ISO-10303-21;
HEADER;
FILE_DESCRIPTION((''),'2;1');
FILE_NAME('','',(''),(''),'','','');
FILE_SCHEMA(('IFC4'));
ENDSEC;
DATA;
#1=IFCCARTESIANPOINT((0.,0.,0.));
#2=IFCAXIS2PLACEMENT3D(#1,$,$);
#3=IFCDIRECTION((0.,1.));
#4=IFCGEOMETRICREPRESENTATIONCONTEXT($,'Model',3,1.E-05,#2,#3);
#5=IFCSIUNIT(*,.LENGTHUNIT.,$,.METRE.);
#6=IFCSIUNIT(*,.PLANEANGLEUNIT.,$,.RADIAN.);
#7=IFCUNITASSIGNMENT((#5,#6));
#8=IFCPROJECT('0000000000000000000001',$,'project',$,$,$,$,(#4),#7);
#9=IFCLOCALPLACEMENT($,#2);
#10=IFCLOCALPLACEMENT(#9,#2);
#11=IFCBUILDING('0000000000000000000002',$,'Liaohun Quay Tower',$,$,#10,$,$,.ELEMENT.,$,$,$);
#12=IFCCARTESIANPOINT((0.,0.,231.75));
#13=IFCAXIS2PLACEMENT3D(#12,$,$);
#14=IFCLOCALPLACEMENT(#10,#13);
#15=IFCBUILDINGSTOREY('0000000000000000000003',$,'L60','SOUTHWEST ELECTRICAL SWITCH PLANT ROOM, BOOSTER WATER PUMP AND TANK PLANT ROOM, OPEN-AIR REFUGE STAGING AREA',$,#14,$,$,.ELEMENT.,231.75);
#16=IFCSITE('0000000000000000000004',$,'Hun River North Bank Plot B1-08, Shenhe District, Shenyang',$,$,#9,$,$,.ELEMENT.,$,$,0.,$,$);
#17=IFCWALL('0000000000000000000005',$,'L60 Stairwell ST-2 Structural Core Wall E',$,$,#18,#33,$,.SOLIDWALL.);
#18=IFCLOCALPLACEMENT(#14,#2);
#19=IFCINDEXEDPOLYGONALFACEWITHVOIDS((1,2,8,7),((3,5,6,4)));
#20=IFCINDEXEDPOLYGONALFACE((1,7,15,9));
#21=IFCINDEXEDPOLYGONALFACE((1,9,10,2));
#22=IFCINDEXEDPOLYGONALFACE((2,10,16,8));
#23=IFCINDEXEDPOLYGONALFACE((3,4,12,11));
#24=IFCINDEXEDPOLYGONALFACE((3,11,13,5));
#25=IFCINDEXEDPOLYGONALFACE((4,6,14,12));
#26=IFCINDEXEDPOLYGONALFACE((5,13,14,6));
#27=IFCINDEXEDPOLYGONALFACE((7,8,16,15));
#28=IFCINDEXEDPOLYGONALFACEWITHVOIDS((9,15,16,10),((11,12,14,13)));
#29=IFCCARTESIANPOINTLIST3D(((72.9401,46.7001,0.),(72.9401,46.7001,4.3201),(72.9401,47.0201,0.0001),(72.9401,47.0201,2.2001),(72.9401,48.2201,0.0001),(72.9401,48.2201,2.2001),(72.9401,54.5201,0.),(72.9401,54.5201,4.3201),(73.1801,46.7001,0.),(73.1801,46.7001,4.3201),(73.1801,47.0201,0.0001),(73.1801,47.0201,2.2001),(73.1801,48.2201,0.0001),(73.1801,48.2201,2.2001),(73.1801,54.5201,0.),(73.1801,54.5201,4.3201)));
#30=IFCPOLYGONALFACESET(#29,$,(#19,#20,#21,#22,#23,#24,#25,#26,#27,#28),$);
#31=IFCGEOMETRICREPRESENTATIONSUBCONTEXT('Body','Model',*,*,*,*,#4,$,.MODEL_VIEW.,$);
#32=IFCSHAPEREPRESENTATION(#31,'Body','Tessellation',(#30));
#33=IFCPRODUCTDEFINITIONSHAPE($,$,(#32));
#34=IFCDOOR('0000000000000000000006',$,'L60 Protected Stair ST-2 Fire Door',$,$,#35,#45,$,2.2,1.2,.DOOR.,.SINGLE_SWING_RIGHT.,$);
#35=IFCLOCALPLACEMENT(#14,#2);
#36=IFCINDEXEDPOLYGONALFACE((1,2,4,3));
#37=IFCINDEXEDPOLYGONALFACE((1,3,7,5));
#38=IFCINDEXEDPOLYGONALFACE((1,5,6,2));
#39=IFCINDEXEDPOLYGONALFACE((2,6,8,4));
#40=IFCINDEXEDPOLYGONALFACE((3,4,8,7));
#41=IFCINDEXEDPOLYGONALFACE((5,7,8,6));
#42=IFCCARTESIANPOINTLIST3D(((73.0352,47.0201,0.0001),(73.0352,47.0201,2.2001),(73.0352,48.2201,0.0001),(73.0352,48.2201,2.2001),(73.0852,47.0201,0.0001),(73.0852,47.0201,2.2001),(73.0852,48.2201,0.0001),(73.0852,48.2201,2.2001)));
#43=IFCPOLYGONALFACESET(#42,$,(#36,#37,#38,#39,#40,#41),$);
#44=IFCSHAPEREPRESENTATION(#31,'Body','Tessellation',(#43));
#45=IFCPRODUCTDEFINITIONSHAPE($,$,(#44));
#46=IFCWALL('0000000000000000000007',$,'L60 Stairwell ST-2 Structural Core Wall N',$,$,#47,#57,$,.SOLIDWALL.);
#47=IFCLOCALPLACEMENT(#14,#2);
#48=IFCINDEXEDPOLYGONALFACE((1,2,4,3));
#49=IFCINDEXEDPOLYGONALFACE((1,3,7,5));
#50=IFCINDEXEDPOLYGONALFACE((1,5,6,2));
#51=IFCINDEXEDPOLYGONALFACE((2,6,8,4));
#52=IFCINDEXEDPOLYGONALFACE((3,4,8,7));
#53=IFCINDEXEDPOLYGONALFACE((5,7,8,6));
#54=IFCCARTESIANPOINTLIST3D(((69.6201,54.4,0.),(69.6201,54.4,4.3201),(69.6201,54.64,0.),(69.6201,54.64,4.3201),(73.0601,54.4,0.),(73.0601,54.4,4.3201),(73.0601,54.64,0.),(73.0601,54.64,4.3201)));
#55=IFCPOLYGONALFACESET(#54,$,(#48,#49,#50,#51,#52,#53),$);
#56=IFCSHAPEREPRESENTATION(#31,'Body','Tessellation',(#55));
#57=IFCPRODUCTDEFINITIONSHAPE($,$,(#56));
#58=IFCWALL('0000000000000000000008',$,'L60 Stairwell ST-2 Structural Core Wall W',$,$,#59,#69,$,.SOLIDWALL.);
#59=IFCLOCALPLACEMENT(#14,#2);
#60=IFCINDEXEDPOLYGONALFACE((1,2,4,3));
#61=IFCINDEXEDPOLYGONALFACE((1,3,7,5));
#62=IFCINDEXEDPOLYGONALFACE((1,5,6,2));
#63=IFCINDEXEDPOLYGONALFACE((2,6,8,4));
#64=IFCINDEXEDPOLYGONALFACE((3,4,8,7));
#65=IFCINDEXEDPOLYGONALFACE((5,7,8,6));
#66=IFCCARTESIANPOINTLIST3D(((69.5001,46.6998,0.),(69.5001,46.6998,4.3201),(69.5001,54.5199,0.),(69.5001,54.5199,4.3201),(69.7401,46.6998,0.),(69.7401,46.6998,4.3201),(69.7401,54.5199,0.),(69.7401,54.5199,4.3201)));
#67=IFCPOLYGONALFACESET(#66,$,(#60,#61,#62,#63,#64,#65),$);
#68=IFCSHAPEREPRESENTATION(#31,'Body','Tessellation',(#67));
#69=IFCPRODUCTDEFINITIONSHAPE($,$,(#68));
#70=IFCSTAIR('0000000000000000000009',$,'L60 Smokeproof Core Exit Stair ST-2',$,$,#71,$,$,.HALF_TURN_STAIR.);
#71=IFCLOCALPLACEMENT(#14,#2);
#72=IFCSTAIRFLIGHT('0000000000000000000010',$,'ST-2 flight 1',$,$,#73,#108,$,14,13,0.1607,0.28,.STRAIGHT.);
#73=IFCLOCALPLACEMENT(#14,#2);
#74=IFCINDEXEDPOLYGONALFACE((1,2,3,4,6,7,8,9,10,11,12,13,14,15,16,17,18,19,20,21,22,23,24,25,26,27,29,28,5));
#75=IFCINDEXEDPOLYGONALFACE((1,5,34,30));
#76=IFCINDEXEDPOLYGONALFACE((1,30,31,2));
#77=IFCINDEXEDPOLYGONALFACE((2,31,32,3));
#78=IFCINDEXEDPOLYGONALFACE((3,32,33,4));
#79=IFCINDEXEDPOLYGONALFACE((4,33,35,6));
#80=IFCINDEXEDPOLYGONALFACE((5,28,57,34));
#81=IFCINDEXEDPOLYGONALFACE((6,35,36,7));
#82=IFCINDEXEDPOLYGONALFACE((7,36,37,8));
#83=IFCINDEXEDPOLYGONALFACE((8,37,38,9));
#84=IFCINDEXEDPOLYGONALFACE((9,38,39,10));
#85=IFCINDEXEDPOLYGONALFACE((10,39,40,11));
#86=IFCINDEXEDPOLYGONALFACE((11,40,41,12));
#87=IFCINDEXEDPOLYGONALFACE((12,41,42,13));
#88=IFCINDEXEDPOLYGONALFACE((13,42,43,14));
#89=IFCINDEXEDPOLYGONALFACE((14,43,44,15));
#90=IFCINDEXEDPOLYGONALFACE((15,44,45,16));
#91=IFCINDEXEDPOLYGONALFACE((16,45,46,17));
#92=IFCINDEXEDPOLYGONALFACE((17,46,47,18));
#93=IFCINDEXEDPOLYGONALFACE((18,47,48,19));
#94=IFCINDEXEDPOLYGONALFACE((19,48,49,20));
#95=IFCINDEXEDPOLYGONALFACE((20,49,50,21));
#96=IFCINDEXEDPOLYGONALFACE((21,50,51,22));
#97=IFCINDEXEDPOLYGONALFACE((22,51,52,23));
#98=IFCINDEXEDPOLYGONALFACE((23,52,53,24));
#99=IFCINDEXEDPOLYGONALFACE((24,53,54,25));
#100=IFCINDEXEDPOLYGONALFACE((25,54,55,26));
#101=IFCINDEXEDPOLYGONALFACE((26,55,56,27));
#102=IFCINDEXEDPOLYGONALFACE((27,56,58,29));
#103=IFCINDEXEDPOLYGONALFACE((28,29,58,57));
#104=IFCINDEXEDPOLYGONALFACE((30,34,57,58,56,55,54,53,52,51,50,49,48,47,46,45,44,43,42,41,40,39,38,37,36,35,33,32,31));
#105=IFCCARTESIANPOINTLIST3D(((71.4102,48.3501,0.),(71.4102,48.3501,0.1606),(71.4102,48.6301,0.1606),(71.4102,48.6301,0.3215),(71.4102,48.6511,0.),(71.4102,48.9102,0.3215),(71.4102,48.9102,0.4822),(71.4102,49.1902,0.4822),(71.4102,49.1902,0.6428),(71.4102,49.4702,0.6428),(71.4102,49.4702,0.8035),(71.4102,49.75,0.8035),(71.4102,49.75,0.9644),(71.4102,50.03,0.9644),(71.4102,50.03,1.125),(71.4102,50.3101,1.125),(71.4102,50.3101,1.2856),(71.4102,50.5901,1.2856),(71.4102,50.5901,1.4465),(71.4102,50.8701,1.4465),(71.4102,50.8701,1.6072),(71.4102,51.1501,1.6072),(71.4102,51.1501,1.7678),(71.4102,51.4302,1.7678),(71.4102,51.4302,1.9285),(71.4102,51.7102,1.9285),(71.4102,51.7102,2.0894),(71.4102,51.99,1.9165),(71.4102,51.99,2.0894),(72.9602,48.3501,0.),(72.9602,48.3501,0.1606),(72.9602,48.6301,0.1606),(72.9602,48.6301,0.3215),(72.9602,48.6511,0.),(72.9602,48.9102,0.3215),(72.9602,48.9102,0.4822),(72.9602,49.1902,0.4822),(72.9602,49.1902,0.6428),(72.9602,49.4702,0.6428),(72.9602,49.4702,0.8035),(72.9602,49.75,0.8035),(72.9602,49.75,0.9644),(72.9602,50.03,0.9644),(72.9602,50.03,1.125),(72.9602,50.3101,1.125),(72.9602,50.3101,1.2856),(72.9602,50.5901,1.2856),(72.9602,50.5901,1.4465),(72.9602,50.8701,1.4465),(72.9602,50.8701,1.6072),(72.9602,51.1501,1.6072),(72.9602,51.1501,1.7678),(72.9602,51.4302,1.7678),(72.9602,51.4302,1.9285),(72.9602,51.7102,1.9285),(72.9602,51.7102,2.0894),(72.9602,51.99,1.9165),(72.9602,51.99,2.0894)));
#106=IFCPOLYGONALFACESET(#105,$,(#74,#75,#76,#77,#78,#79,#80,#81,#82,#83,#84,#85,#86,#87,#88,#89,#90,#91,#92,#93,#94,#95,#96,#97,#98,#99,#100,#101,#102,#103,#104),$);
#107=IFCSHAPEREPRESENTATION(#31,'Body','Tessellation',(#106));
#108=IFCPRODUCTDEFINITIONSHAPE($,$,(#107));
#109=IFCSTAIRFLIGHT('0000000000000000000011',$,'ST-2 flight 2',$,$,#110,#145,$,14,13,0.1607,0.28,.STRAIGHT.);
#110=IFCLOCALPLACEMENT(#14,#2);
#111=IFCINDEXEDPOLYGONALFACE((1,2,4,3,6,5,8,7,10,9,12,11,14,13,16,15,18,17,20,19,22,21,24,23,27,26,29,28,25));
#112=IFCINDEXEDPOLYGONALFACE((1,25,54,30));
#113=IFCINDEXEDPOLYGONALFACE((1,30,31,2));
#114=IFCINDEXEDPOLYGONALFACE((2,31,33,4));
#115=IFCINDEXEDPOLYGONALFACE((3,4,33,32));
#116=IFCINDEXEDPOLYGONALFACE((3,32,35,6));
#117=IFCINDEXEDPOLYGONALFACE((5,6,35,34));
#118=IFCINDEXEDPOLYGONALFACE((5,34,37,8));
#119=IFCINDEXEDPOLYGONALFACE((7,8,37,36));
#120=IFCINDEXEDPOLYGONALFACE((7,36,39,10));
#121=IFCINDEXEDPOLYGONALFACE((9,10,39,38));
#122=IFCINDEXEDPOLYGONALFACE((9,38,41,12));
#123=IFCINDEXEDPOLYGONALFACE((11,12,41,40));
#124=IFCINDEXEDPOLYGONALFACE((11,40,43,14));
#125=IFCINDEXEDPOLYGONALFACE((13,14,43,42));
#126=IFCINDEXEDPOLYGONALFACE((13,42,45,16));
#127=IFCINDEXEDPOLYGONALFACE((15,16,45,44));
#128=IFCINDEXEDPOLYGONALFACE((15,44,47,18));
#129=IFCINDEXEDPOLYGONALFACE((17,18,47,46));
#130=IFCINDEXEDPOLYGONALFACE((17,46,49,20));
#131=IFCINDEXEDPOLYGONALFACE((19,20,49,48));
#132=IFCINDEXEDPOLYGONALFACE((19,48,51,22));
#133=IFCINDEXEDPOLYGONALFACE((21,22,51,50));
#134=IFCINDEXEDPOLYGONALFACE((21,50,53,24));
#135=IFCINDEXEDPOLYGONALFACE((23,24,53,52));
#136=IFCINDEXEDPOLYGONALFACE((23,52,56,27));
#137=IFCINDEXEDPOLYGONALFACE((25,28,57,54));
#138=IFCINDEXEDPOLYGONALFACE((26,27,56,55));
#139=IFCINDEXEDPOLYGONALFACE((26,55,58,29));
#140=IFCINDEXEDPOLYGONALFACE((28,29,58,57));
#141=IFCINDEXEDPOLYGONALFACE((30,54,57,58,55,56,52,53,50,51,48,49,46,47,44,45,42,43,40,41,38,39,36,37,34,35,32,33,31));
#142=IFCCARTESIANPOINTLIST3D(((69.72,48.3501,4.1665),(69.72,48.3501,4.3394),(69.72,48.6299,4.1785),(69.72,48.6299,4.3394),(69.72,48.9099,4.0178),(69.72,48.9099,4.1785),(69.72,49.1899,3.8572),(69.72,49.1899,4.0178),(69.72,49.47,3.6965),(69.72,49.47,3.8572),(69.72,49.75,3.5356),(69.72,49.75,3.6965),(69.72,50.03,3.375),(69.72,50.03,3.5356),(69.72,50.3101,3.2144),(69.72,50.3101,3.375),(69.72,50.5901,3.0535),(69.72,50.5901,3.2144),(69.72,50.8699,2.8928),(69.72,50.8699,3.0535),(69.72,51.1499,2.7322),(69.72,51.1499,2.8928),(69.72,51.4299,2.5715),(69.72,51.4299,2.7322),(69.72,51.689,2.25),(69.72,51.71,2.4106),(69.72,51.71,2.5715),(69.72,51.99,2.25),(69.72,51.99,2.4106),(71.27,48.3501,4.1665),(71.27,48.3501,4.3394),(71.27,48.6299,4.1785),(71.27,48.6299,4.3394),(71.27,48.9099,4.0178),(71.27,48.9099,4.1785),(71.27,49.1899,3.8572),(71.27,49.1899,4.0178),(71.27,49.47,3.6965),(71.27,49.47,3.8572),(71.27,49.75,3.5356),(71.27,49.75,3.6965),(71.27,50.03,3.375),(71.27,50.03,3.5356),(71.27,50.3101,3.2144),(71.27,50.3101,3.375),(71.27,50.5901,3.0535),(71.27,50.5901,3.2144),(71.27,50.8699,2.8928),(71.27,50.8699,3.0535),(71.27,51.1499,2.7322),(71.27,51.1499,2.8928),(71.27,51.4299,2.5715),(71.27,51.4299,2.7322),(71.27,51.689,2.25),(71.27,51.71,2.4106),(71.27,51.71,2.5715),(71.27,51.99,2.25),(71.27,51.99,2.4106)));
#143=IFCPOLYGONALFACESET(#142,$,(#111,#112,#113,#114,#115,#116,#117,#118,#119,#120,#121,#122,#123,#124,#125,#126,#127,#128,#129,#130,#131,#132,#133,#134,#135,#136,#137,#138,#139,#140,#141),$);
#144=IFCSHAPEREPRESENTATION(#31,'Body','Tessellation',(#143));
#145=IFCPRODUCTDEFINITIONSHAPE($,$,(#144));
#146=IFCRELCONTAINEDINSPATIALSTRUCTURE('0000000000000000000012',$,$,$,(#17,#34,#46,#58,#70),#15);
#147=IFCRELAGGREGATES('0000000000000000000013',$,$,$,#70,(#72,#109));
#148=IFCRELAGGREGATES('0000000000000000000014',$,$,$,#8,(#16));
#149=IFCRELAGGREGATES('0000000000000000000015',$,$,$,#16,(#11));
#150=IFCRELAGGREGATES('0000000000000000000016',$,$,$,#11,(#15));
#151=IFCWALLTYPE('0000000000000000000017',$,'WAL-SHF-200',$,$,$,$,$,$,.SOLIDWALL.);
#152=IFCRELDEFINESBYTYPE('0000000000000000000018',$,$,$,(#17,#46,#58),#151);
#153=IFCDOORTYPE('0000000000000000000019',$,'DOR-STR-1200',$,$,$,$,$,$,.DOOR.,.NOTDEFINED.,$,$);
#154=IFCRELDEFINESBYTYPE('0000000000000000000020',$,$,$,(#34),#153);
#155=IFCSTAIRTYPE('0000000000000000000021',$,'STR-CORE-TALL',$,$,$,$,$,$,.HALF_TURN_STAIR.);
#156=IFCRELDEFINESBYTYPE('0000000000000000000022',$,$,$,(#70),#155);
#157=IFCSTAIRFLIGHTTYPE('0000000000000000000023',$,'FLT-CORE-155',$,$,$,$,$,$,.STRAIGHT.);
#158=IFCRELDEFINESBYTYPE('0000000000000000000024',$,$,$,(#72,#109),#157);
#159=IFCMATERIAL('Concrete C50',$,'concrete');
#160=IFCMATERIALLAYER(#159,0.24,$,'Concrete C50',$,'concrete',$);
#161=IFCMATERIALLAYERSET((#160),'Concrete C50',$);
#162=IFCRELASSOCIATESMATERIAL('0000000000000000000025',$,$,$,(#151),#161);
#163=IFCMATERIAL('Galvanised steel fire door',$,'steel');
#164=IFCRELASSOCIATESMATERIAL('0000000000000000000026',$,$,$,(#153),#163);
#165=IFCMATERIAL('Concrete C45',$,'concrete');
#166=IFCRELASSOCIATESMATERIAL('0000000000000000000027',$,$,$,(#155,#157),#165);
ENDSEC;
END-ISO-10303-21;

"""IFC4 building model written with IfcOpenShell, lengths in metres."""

from ifc_helpers import new_model, si_unit, direction, frame, frame_2d, origin, place, context, subcontext, project, spatial, polyline, rectangle, outline, extrude, source, transform, mapped, material, layer, layer_set, type_object, element, fill, aggregate, save


model = new_model("IFC4")

# Units and contexts
model_context = context("Model", 3, precision=1e-05, world=origin(), true_north=direction((0.0, 1.0)))
body_context = subcontext(model_context, "Body", "Model", "MODEL_VIEW")
ifc_project = project(units=[si_unit("LENGTHUNIT", "METRE"), si_unit("PLANEANGLEUNIT", "RADIAN")], contexts=[model_context])

# Site, building, storey
site_placement = place(None, origin())
site = spatial("IfcSite", under=ifc_project, at=site_placement, Name="Hun River North Bank Plot B1-08, Shenhe District, Shenyang", CompositionType="ELEMENT", RefElevation=0.0)
building_placement = place(site_placement, origin())
building = spatial("IfcBuilding", under=site, at=building_placement, Name="Liaohun Quay Tower", CompositionType="ELEMENT")
storey_placement = place(building_placement, frame((0.0, 0.0, 231.75)))
storey = spatial("IfcBuildingStorey", under=building, at=storey_placement, Name="L60", Description="SOUTHWEST ELECTRICAL SWITCH PLANT ROOM, BOOSTER WATER PUMP AND TANK PLANT ROOM, OPEN-AIR REFUGE STAGING AREA", CompositionType="ELEMENT", Elevation=231.75)

# Shared definitions
ifc_material_1 = material(Name="Concrete C50", Category="concrete")
ifc_layer_1 = layer(ifc_material_1, 0.24, Name="Concrete C50", Category="concrete")
ifc_layer_set_1 = layer_set([ifc_layer_1], Name="Concrete C50")
wall_type_1 = type_object("IfcWallType", Name="WAL-SHF-200", PredefinedType="SOLIDWALL", material=ifc_layer_set_1)

# Wall, opening, door
wall_1_placement = place(storey_placement, frame((73.0601, 46.7, 0.0), z_axis=(0.0, 0.0, 1.0), x_axis=(0.0, 1.0, 0.0)))
wall_1 = element("IfcWall", 1, at=wall_1_placement, inside=storey, type_object=wall_type_1, Name="L60 Stairwell ST-2 Structural Core Wall E", PredefinedType="SOLIDWALL", context=body_context, shape_type="SweptSolid", body=[
    extrude(rectangle(XDim=7.8201, YDim=0.24, at=frame_2d((3.9102, 0.0))), origin(), (0.0, 0.0, 1.0), 4.3201),
])
shared_shape_1 = source(origin(), body_context, "Body", "SweptSolid", [
    extrude(rectangle(XDim=1.2, YDim=2.2, at=frame_2d((0.6001, 1.1001))), frame((0.0, 0.1299, 0.0), z_axis=(0.0, -1.0, 0.0), x_axis=(1.0, 0.0, 0.0)), (0.0, 0.0, 1.0), 0.26),
])
opening_1_placement = place(wall_1_placement, frame((0.3201, 0.0, 0.0)))
opening_1 = element("IfcOpeningElement", 2, at=opening_1_placement, cuts=wall_1, PredefinedType="OPENING", context=body_context, shape_type="MappedRepresentation", body=[
    mapped(shared_shape_1, transform((0.0, 0.0, 0.0), x_axis=(1.0, 0.0, 0.0), y_axis=(0.0, 1.0, 0.0), z_axis=(0.0, 0.0, 1.0), scale=1.0)),
])
ifc_material_2 = material(Name="Galvanised steel fire door", Category="steel")
door_type_1 = type_object("IfcDoorType", Name="DOR-STR-1200", OperationType="NOTDEFINED", PredefinedType="DOOR", material=ifc_material_2)
shared_shape_2 = source(origin(), body_context, "Body", "SweptSolid", [
    extrude(rectangle(XDim=1.2, YDim=2.2, at=frame_2d((0.6001, 1.1001))), frame((0.0, 0.0249, 0.0), z_axis=(0.0, -1.0, 0.0), x_axis=(1.0, 0.0, 0.0)), (0.0, 0.0, 1.0), 0.05),
])
door_1_placement = place(opening_1_placement, origin())
door_1 = element("IfcDoor", 3, at=door_1_placement, inside=storey, type_object=door_type_1, Name="L60 Protected Stair ST-2 Fire Door", OperationType="SINGLE_SWING_RIGHT", OverallHeight=2.2, OverallWidth=1.2, PredefinedType="DOOR", context=body_context, shape_type="MappedRepresentation", body=[
    mapped(shared_shape_2, transform((0.0, 0.0, 0.0), x_axis=(1.0, 0.0, 0.0), y_axis=(0.0, 1.0, 0.0), z_axis=(0.0, 0.0, 1.0), scale=1.0)),
])
fill(opening_1, door_1)

# Walls
wall_2_placement = place(storey_placement, frame((73.0601, 54.52, 0.0), z_axis=(0.0, 0.0, 1.0), x_axis=(-1.0, 0.0, 0.0)))
element("IfcWall", 4, at=wall_2_placement, inside=storey, type_object=wall_type_1, Name="L60 Stairwell ST-2 Structural Core Wall N", PredefinedType="SOLIDWALL", context=body_context, shape_type="SweptSolid", body=[
    extrude(rectangle(XDim=3.4399, YDim=0.24, at=frame_2d((1.72, 0.0))), origin(), (0.0, 0.0, 1.0), 4.3201),
])
wall_3_placement = place(storey_placement, frame((69.6201, 54.52, 0.0), z_axis=(0.0, 0.0, 1.0), x_axis=(0.0, -1.0, 0.0)))
element("IfcWall", 5, at=wall_3_placement, inside=storey, type_object=wall_type_1, Name="L60 Stairwell ST-2 Structural Core Wall W", PredefinedType="SOLIDWALL", context=body_context, shape_type="SweptSolid", body=[
    extrude(rectangle(XDim=7.8201, YDim=0.24, at=frame_2d((3.9102, 0.0))), origin(), (0.0, 0.0, 1.0), 4.3201),
])

# Stair, stair flights
ifc_material_3 = material(Name="Concrete C45", Category="concrete")
stair_type = type_object("IfcStairType", Name="STR-CORE-TALL", PredefinedType="HALF_TURN_STAIR", material=ifc_material_3)
stair_placement = place(storey_placement, origin())
stair = element("IfcStair", 6, at=stair_placement, inside=storey, type_object=stair_type, Name="L60 Smokeproof Core Exit Stair ST-2", PredefinedType="HALF_TURN_STAIR")
stair_flight_type = type_object("IfcStairFlightType", Name="FLT-CORE-155", PredefinedType="STRAIGHT", material=ifc_material_3)
stair_flight_1_placement = place(storey_placement, frame((72.1851, 48.3501, 0.0), z_axis=(0.0, 0.0, 1.0), x_axis=(0.0, 1.0, 0.0)))
stair_flight_1 = element("IfcStairFlight", 7, at=stair_flight_1_placement, type_object=stair_flight_type, Name="ST-2 flight 1", NumberOfRisers=14, NumberOfTreads=13, PredefinedType="STRAIGHT", RiserHeight=0.1607, TreadLength=0.28, context=body_context, shape_type="SweptSolid", body=[
    extrude(outline(polyline([(0.0, 0.0), (0.0, 0.1606), (0.28, 0.1606), (0.28, 0.3215), (0.5601, 0.3215), (0.5601, 0.4822), (0.8401, 0.4822), (0.8401, 0.6428), (1.1201, 0.6428), (1.1201, 0.8035), (1.3999, 0.8035), (1.3999, 0.9644), (1.6799, 0.9644), (1.6799, 1.125), (1.96, 1.125), (1.96, 1.2856), (2.24, 1.2856), (2.24, 1.4465), (2.52, 1.4465), (2.52, 1.6072), (2.8, 1.6072), (2.8, 1.7678), (3.0801, 1.7678), (3.0801, 1.9285), (3.3601, 1.9285), (3.3601, 2.0894), (3.6399, 2.0894), (3.6399, 2.25), (3.6399, 1.9165), (0.301, 0.0), (0.0, 0.0)])), frame((0.0, 0.7749, 0.0), z_axis=(0.0, -1.0, 0.0), x_axis=(1.0, 0.0, 0.0)), (0.0, 0.0, 1.0), 1.55),
])
stair_flight_2_placement = place(storey_placement, frame((70.4951, 51.99, 2.25), z_axis=(0.0, 0.0, 1.0), x_axis=(0.0, -1.0, 0.0)))
stair_flight_2 = element("IfcStairFlight", 8, at=stair_flight_2_placement, type_object=stair_flight_type, Name="ST-2 flight 2", NumberOfRisers=14, NumberOfTreads=13, PredefinedType="STRAIGHT", RiserHeight=0.1607, TreadLength=0.28, context=body_context, shape_type="SweptSolid", body=[
    extrude(outline(polyline([(0.0, 0.0), (0.0, 0.1606), (0.28, 0.1606), (0.28, 0.3215), (0.5601, 0.3215), (0.5601, 0.4822), (0.8401, 0.4822), (0.8401, 0.6428), (1.1201, 0.6428), (1.1201, 0.8035), (1.3999, 0.8035), (1.3999, 0.9644), (1.6799, 0.9644), (1.6799, 1.125), (1.96, 1.125), (1.96, 1.2856), (2.24, 1.2856), (2.24, 1.4465), (2.52, 1.4465), (2.52, 1.6072), (2.8, 1.6072), (2.8, 1.7678), (3.0801, 1.7678), (3.0801, 1.9285), (3.3601, 1.9285), (3.3601, 2.0894), (3.6399, 2.0894), (3.6399, 2.25), (3.6399, 1.9165), (0.301, 0.0), (0.0, 0.0)])), frame((0.0, 0.7749, 0.0), z_axis=(0.0, -1.0, 0.0), x_axis=(1.0, 0.0, 0.0)), (0.0, 0.0, 1.0), 1.55),
])
aggregate(stair, [stair_flight_1, stair_flight_2])

save(model, "model.ifc")
